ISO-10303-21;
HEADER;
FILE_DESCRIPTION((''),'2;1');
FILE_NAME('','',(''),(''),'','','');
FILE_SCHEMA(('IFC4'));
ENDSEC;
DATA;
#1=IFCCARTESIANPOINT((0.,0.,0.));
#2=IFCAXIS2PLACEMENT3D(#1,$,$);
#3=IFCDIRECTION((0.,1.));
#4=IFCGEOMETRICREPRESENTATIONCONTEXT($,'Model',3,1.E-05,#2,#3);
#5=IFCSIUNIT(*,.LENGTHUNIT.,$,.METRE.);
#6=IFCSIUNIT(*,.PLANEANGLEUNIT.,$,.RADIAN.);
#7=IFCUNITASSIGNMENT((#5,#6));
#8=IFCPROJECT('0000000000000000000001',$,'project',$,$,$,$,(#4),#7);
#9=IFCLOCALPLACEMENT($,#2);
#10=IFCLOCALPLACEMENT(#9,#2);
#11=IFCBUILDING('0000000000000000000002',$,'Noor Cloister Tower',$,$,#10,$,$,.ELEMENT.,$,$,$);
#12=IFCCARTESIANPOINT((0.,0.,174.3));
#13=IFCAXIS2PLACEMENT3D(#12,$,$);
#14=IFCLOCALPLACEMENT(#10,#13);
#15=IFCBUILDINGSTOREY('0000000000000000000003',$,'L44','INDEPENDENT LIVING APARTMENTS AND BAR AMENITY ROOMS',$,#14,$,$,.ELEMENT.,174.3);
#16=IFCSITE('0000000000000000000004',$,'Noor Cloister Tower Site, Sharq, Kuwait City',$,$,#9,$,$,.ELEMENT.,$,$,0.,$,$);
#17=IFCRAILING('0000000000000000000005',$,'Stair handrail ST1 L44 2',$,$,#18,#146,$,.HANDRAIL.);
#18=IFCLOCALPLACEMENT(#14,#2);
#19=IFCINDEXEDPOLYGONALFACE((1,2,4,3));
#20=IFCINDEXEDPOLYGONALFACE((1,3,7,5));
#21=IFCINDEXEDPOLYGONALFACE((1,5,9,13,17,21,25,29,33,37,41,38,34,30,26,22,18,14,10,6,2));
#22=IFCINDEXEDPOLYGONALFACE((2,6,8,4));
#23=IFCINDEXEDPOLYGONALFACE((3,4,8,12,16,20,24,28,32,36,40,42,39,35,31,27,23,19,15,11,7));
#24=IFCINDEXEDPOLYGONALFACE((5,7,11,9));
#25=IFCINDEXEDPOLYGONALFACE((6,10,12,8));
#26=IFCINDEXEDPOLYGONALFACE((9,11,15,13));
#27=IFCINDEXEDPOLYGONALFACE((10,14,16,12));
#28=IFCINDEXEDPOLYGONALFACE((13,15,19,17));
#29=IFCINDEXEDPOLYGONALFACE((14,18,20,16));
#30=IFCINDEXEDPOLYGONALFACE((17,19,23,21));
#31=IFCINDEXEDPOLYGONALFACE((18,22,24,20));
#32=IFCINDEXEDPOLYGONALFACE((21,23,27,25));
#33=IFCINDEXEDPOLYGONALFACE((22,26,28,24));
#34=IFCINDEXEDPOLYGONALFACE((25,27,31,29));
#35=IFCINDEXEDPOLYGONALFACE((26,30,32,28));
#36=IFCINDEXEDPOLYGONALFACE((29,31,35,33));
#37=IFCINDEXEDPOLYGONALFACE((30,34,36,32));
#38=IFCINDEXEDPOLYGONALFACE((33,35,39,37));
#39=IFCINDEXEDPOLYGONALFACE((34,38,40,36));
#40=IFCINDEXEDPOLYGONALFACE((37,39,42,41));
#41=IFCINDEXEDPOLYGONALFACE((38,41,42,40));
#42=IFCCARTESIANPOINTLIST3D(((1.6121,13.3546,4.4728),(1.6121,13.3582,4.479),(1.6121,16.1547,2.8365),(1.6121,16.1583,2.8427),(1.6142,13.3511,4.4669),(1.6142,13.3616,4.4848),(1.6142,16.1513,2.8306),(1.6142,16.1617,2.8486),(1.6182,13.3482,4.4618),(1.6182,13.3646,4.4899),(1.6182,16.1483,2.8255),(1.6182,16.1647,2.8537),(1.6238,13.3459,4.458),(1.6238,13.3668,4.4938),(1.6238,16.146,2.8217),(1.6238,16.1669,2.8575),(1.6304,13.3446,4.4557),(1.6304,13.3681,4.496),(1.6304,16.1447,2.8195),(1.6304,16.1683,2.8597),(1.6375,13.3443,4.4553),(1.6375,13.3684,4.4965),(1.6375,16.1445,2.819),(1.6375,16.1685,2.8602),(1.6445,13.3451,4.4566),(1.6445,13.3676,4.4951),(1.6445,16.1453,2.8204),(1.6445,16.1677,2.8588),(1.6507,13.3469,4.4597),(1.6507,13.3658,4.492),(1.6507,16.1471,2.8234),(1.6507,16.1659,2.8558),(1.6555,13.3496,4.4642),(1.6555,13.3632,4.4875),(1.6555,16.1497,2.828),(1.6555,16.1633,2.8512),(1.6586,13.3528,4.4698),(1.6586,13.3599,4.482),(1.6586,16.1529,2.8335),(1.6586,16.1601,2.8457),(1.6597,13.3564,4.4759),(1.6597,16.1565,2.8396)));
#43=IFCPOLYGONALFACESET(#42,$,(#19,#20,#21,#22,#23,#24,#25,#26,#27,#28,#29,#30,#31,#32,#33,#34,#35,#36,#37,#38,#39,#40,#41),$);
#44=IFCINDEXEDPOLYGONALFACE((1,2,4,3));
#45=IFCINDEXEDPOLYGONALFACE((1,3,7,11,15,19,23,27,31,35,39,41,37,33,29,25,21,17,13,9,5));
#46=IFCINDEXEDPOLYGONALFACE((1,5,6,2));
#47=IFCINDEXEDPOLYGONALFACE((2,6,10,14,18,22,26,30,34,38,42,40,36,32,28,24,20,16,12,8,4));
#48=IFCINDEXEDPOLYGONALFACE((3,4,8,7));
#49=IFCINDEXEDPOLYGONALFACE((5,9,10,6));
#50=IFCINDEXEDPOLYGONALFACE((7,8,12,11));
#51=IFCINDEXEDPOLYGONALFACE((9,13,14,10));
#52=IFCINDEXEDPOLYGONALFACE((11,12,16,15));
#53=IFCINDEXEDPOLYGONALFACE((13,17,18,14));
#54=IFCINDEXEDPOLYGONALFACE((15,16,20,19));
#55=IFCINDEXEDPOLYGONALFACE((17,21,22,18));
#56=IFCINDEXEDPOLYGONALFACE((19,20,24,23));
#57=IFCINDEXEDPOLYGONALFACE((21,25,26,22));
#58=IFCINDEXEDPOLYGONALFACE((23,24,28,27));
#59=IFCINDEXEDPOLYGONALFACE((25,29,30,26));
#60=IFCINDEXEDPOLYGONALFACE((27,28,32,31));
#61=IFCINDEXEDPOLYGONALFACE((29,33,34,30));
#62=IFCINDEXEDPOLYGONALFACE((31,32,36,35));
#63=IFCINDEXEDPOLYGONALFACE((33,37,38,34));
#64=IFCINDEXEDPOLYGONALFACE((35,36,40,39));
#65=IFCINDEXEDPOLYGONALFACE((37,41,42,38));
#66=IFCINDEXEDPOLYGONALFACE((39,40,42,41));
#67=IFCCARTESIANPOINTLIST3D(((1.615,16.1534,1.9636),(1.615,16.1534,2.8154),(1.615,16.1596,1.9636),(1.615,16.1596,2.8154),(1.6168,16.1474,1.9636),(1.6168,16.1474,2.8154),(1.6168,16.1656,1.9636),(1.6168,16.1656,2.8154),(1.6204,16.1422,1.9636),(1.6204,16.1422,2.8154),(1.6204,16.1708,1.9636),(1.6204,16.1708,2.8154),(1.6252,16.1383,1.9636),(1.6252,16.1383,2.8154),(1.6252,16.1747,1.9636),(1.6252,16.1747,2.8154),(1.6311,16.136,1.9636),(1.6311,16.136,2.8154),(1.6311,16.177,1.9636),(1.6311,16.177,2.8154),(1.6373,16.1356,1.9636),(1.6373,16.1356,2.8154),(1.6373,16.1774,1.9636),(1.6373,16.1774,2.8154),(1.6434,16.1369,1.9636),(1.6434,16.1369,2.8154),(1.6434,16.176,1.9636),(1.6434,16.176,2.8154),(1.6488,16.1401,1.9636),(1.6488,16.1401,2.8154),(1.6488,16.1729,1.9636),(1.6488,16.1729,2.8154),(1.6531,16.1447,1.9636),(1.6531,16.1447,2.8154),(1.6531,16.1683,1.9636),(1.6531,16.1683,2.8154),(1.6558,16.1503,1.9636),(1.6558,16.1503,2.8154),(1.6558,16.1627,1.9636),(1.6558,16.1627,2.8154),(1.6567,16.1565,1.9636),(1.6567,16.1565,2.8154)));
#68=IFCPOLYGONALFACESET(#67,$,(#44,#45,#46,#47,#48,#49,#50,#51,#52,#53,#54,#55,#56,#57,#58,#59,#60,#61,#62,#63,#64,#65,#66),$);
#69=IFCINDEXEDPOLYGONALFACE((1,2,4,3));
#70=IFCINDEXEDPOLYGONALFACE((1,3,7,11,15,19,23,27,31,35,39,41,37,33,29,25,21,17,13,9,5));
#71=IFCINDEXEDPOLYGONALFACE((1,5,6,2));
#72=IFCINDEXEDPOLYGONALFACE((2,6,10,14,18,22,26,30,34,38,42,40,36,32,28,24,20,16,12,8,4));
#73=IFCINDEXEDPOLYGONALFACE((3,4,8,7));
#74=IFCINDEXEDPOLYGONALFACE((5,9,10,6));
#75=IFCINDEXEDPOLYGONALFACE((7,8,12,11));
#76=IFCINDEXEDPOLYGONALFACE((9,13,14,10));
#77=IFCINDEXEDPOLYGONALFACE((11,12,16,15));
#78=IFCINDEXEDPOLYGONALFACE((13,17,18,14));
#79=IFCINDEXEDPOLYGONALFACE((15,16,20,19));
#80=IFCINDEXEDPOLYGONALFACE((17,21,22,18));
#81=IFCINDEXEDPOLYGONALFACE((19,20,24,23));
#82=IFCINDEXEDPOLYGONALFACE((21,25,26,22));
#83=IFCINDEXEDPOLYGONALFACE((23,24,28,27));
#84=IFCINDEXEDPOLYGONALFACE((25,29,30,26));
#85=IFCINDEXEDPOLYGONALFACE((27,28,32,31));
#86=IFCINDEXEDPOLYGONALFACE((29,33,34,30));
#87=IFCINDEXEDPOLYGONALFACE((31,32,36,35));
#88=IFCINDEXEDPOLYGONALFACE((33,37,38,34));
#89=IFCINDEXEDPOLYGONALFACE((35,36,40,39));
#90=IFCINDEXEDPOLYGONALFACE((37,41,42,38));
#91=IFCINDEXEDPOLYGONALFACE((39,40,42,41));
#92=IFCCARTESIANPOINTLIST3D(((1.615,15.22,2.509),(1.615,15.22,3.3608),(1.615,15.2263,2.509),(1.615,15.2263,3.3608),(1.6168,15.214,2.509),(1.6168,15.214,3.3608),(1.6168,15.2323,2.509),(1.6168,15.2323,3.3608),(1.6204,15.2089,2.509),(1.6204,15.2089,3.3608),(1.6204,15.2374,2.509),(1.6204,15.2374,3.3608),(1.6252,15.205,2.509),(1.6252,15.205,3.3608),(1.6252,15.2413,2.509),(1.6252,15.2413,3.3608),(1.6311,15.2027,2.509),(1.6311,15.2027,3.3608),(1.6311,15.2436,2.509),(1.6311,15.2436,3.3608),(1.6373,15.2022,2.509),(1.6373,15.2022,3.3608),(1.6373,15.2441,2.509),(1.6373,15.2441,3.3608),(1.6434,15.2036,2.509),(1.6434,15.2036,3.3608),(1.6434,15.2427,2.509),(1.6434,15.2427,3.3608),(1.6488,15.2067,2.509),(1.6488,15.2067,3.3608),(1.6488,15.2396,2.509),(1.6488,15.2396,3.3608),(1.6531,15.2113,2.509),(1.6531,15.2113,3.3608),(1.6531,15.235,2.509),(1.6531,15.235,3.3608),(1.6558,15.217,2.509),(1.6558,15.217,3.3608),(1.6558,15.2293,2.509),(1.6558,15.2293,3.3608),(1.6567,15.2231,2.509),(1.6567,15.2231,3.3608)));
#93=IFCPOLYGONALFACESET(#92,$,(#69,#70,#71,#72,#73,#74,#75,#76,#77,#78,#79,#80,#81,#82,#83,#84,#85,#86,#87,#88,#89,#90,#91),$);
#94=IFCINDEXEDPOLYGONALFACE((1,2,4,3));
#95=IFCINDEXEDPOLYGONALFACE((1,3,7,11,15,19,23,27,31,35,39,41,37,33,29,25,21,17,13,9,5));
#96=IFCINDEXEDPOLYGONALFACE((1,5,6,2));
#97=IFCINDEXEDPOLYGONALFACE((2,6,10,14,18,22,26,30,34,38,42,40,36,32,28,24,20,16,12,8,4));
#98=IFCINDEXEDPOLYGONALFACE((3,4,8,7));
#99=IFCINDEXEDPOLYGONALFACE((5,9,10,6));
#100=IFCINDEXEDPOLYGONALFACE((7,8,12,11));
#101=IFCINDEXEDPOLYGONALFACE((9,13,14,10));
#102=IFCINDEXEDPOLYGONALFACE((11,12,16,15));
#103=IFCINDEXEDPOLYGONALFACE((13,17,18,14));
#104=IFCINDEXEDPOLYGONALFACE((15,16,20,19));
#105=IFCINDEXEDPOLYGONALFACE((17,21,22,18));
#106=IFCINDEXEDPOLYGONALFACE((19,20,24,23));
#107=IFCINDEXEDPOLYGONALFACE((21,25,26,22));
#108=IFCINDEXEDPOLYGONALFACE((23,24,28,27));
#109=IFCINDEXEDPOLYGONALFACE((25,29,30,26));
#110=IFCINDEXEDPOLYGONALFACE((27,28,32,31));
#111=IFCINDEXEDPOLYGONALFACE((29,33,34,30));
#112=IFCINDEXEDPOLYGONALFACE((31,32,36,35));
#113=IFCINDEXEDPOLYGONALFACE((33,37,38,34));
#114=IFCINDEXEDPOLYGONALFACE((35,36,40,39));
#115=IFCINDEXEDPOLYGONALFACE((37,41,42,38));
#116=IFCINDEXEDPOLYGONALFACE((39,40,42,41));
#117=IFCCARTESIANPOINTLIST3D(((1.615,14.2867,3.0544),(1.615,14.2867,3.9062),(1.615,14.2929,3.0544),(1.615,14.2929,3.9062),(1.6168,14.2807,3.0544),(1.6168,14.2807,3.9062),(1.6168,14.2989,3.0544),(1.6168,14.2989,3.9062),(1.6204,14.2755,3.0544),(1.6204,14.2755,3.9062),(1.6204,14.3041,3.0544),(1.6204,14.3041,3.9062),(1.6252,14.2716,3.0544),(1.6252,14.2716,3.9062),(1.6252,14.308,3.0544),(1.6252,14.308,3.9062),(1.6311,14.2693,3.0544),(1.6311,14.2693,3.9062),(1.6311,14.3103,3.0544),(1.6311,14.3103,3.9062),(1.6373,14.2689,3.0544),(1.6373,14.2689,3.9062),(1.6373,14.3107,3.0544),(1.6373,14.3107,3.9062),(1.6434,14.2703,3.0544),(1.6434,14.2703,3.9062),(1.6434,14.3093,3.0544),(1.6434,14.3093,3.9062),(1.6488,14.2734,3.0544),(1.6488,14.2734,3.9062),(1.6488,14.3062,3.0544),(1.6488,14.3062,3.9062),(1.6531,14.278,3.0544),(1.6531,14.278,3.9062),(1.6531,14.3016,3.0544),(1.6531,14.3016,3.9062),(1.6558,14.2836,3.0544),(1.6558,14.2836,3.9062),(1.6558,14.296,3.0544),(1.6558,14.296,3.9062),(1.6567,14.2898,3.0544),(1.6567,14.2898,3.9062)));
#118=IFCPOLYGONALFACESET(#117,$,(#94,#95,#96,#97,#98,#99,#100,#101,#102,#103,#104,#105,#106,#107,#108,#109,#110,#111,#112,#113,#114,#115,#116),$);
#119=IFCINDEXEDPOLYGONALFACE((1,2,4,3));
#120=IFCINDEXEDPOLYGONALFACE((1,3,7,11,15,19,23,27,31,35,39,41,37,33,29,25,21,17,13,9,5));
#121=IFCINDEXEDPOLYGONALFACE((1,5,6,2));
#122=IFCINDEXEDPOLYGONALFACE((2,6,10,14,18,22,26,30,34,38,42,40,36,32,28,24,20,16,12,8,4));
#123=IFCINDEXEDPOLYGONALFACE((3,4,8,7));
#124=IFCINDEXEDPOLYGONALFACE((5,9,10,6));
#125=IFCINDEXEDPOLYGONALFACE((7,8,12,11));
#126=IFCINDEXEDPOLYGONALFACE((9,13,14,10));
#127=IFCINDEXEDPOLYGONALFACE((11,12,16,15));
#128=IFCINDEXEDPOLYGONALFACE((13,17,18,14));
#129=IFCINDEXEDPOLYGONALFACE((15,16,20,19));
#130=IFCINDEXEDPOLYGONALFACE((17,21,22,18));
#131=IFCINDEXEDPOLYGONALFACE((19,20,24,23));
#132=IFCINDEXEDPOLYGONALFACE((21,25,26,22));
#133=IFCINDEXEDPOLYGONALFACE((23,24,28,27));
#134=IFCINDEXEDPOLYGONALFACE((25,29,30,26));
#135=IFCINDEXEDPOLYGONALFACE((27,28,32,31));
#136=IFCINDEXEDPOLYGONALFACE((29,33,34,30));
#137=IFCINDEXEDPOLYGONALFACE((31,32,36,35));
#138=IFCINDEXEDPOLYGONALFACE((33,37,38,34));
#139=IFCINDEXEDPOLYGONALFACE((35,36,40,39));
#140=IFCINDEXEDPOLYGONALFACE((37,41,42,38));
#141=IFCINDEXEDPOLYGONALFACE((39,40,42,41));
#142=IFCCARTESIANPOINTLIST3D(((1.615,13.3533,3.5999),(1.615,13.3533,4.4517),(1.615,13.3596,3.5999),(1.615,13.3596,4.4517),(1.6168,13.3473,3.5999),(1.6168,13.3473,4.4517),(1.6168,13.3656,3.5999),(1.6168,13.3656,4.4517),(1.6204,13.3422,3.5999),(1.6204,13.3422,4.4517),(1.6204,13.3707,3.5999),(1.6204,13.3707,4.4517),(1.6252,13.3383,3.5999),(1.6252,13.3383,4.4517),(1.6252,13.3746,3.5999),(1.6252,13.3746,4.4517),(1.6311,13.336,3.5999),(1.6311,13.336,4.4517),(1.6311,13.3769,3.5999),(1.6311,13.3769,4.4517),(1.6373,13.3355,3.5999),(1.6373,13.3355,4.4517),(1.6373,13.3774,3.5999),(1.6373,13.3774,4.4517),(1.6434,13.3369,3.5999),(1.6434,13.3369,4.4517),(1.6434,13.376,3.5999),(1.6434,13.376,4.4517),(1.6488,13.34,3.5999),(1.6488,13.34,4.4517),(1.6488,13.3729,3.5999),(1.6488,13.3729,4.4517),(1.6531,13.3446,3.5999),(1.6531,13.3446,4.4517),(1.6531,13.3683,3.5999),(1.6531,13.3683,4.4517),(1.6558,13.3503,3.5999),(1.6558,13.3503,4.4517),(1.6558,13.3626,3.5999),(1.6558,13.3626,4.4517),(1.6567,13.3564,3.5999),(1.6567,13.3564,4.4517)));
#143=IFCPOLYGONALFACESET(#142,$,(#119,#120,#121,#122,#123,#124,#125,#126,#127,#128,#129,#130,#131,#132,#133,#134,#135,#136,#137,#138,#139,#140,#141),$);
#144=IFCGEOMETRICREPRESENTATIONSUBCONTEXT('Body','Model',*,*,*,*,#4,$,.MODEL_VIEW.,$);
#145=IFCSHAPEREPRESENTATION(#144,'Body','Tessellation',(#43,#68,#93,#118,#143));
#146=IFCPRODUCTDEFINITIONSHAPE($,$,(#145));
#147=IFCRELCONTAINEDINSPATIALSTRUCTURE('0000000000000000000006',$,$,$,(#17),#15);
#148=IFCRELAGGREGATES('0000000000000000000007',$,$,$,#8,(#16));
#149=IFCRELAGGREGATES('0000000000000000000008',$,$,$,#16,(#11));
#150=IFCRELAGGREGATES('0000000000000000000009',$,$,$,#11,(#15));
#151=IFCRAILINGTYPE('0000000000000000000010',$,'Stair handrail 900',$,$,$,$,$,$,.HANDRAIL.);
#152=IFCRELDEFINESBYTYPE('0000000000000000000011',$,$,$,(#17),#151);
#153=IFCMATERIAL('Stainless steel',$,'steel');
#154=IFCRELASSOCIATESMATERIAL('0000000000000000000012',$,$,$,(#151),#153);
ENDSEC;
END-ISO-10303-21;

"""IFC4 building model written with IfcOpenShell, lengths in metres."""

from ifc_helpers import new_model, si_unit, direction, frame, origin, origin_2d, place, context, subcontext, project, spatial, circle, extrude, material, type_object, element, save


model = new_model("IFC4")

# Units and contexts
model_context = context("Model", 3, precision=1e-05, world=origin(), true_north=direction((0.0, 1.0)))
body_context = subcontext(model_context, "Body", "Model", "MODEL_VIEW")
ifc_project = project(units=[si_unit("LENGTHUNIT", "METRE"), si_unit("PLANEANGLEUNIT", "RADIAN")], contexts=[model_context])

# Site, building, storey
site_placement = place(None, origin())
site = spatial("IfcSite", under=ifc_project, at=site_placement, Name="Noor Cloister Tower Site, Sharq, Kuwait City", CompositionType="ELEMENT", RefElevation=0.0)
building_placement = place(site_placement, origin())
building = spatial("IfcBuilding", under=site, at=building_placement, Name="Noor Cloister Tower", CompositionType="ELEMENT")
storey_placement = place(building_placement, frame((0.0, 0.0, 174.3)))
storey = spatial("IfcBuildingStorey", under=building, at=storey_placement, Name="L44", Description="INDEPENDENT LIVING APARTMENTS AND BAR AMENITY ROOMS", CompositionType="ELEMENT", Elevation=174.3)

# Railing
ifc_material_1 = material(Name="Stainless steel", Category="steel")
railing_type = type_object("IfcRailingType", Name="Stair handrail 900", PredefinedType="HANDRAIL", material=ifc_material_1)
railing_placement = place(storey_placement, frame((1.6357, 16.1565, 1.9636)))
element("IfcRailing", 1, at=railing_placement, inside=storey, type_object=railing_type, Name="Stair handrail ST1 L44 2", PredefinedType="HANDRAIL", context=body_context, shape_type="SweptSolid", body=[
    extrude(circle(Radius=0.0239, at=origin_2d()), frame((0.0, 0.0, 0.876), z_axis=(0.0, -0.863394, 0.504531), x_axis=(1.0, 0.0, 0.0)), (0.0, 0.0, 1.0), 3.2432),
    extrude(circle(Radius=0.021, at=origin_2d()), origin(), (0.0, 0.0, 1.0), 0.8518),
    extrude(circle(Radius=0.021, at=origin_2d()), frame((0.0, -0.9333, 0.5454)), (0.0, 0.0, 1.0), 0.8518),
    extrude(circle(Radius=0.021, at=origin_2d()), frame((0.0, -1.8667, 1.0908)), (0.0, 0.0, 1.0), 0.8518),
    extrude(circle(Radius=0.021, at=origin_2d()), frame((0.0, -2.8, 1.6362)), (0.0, 0.0, 1.0), 0.8518),
])

save(model, "model.ifc")
